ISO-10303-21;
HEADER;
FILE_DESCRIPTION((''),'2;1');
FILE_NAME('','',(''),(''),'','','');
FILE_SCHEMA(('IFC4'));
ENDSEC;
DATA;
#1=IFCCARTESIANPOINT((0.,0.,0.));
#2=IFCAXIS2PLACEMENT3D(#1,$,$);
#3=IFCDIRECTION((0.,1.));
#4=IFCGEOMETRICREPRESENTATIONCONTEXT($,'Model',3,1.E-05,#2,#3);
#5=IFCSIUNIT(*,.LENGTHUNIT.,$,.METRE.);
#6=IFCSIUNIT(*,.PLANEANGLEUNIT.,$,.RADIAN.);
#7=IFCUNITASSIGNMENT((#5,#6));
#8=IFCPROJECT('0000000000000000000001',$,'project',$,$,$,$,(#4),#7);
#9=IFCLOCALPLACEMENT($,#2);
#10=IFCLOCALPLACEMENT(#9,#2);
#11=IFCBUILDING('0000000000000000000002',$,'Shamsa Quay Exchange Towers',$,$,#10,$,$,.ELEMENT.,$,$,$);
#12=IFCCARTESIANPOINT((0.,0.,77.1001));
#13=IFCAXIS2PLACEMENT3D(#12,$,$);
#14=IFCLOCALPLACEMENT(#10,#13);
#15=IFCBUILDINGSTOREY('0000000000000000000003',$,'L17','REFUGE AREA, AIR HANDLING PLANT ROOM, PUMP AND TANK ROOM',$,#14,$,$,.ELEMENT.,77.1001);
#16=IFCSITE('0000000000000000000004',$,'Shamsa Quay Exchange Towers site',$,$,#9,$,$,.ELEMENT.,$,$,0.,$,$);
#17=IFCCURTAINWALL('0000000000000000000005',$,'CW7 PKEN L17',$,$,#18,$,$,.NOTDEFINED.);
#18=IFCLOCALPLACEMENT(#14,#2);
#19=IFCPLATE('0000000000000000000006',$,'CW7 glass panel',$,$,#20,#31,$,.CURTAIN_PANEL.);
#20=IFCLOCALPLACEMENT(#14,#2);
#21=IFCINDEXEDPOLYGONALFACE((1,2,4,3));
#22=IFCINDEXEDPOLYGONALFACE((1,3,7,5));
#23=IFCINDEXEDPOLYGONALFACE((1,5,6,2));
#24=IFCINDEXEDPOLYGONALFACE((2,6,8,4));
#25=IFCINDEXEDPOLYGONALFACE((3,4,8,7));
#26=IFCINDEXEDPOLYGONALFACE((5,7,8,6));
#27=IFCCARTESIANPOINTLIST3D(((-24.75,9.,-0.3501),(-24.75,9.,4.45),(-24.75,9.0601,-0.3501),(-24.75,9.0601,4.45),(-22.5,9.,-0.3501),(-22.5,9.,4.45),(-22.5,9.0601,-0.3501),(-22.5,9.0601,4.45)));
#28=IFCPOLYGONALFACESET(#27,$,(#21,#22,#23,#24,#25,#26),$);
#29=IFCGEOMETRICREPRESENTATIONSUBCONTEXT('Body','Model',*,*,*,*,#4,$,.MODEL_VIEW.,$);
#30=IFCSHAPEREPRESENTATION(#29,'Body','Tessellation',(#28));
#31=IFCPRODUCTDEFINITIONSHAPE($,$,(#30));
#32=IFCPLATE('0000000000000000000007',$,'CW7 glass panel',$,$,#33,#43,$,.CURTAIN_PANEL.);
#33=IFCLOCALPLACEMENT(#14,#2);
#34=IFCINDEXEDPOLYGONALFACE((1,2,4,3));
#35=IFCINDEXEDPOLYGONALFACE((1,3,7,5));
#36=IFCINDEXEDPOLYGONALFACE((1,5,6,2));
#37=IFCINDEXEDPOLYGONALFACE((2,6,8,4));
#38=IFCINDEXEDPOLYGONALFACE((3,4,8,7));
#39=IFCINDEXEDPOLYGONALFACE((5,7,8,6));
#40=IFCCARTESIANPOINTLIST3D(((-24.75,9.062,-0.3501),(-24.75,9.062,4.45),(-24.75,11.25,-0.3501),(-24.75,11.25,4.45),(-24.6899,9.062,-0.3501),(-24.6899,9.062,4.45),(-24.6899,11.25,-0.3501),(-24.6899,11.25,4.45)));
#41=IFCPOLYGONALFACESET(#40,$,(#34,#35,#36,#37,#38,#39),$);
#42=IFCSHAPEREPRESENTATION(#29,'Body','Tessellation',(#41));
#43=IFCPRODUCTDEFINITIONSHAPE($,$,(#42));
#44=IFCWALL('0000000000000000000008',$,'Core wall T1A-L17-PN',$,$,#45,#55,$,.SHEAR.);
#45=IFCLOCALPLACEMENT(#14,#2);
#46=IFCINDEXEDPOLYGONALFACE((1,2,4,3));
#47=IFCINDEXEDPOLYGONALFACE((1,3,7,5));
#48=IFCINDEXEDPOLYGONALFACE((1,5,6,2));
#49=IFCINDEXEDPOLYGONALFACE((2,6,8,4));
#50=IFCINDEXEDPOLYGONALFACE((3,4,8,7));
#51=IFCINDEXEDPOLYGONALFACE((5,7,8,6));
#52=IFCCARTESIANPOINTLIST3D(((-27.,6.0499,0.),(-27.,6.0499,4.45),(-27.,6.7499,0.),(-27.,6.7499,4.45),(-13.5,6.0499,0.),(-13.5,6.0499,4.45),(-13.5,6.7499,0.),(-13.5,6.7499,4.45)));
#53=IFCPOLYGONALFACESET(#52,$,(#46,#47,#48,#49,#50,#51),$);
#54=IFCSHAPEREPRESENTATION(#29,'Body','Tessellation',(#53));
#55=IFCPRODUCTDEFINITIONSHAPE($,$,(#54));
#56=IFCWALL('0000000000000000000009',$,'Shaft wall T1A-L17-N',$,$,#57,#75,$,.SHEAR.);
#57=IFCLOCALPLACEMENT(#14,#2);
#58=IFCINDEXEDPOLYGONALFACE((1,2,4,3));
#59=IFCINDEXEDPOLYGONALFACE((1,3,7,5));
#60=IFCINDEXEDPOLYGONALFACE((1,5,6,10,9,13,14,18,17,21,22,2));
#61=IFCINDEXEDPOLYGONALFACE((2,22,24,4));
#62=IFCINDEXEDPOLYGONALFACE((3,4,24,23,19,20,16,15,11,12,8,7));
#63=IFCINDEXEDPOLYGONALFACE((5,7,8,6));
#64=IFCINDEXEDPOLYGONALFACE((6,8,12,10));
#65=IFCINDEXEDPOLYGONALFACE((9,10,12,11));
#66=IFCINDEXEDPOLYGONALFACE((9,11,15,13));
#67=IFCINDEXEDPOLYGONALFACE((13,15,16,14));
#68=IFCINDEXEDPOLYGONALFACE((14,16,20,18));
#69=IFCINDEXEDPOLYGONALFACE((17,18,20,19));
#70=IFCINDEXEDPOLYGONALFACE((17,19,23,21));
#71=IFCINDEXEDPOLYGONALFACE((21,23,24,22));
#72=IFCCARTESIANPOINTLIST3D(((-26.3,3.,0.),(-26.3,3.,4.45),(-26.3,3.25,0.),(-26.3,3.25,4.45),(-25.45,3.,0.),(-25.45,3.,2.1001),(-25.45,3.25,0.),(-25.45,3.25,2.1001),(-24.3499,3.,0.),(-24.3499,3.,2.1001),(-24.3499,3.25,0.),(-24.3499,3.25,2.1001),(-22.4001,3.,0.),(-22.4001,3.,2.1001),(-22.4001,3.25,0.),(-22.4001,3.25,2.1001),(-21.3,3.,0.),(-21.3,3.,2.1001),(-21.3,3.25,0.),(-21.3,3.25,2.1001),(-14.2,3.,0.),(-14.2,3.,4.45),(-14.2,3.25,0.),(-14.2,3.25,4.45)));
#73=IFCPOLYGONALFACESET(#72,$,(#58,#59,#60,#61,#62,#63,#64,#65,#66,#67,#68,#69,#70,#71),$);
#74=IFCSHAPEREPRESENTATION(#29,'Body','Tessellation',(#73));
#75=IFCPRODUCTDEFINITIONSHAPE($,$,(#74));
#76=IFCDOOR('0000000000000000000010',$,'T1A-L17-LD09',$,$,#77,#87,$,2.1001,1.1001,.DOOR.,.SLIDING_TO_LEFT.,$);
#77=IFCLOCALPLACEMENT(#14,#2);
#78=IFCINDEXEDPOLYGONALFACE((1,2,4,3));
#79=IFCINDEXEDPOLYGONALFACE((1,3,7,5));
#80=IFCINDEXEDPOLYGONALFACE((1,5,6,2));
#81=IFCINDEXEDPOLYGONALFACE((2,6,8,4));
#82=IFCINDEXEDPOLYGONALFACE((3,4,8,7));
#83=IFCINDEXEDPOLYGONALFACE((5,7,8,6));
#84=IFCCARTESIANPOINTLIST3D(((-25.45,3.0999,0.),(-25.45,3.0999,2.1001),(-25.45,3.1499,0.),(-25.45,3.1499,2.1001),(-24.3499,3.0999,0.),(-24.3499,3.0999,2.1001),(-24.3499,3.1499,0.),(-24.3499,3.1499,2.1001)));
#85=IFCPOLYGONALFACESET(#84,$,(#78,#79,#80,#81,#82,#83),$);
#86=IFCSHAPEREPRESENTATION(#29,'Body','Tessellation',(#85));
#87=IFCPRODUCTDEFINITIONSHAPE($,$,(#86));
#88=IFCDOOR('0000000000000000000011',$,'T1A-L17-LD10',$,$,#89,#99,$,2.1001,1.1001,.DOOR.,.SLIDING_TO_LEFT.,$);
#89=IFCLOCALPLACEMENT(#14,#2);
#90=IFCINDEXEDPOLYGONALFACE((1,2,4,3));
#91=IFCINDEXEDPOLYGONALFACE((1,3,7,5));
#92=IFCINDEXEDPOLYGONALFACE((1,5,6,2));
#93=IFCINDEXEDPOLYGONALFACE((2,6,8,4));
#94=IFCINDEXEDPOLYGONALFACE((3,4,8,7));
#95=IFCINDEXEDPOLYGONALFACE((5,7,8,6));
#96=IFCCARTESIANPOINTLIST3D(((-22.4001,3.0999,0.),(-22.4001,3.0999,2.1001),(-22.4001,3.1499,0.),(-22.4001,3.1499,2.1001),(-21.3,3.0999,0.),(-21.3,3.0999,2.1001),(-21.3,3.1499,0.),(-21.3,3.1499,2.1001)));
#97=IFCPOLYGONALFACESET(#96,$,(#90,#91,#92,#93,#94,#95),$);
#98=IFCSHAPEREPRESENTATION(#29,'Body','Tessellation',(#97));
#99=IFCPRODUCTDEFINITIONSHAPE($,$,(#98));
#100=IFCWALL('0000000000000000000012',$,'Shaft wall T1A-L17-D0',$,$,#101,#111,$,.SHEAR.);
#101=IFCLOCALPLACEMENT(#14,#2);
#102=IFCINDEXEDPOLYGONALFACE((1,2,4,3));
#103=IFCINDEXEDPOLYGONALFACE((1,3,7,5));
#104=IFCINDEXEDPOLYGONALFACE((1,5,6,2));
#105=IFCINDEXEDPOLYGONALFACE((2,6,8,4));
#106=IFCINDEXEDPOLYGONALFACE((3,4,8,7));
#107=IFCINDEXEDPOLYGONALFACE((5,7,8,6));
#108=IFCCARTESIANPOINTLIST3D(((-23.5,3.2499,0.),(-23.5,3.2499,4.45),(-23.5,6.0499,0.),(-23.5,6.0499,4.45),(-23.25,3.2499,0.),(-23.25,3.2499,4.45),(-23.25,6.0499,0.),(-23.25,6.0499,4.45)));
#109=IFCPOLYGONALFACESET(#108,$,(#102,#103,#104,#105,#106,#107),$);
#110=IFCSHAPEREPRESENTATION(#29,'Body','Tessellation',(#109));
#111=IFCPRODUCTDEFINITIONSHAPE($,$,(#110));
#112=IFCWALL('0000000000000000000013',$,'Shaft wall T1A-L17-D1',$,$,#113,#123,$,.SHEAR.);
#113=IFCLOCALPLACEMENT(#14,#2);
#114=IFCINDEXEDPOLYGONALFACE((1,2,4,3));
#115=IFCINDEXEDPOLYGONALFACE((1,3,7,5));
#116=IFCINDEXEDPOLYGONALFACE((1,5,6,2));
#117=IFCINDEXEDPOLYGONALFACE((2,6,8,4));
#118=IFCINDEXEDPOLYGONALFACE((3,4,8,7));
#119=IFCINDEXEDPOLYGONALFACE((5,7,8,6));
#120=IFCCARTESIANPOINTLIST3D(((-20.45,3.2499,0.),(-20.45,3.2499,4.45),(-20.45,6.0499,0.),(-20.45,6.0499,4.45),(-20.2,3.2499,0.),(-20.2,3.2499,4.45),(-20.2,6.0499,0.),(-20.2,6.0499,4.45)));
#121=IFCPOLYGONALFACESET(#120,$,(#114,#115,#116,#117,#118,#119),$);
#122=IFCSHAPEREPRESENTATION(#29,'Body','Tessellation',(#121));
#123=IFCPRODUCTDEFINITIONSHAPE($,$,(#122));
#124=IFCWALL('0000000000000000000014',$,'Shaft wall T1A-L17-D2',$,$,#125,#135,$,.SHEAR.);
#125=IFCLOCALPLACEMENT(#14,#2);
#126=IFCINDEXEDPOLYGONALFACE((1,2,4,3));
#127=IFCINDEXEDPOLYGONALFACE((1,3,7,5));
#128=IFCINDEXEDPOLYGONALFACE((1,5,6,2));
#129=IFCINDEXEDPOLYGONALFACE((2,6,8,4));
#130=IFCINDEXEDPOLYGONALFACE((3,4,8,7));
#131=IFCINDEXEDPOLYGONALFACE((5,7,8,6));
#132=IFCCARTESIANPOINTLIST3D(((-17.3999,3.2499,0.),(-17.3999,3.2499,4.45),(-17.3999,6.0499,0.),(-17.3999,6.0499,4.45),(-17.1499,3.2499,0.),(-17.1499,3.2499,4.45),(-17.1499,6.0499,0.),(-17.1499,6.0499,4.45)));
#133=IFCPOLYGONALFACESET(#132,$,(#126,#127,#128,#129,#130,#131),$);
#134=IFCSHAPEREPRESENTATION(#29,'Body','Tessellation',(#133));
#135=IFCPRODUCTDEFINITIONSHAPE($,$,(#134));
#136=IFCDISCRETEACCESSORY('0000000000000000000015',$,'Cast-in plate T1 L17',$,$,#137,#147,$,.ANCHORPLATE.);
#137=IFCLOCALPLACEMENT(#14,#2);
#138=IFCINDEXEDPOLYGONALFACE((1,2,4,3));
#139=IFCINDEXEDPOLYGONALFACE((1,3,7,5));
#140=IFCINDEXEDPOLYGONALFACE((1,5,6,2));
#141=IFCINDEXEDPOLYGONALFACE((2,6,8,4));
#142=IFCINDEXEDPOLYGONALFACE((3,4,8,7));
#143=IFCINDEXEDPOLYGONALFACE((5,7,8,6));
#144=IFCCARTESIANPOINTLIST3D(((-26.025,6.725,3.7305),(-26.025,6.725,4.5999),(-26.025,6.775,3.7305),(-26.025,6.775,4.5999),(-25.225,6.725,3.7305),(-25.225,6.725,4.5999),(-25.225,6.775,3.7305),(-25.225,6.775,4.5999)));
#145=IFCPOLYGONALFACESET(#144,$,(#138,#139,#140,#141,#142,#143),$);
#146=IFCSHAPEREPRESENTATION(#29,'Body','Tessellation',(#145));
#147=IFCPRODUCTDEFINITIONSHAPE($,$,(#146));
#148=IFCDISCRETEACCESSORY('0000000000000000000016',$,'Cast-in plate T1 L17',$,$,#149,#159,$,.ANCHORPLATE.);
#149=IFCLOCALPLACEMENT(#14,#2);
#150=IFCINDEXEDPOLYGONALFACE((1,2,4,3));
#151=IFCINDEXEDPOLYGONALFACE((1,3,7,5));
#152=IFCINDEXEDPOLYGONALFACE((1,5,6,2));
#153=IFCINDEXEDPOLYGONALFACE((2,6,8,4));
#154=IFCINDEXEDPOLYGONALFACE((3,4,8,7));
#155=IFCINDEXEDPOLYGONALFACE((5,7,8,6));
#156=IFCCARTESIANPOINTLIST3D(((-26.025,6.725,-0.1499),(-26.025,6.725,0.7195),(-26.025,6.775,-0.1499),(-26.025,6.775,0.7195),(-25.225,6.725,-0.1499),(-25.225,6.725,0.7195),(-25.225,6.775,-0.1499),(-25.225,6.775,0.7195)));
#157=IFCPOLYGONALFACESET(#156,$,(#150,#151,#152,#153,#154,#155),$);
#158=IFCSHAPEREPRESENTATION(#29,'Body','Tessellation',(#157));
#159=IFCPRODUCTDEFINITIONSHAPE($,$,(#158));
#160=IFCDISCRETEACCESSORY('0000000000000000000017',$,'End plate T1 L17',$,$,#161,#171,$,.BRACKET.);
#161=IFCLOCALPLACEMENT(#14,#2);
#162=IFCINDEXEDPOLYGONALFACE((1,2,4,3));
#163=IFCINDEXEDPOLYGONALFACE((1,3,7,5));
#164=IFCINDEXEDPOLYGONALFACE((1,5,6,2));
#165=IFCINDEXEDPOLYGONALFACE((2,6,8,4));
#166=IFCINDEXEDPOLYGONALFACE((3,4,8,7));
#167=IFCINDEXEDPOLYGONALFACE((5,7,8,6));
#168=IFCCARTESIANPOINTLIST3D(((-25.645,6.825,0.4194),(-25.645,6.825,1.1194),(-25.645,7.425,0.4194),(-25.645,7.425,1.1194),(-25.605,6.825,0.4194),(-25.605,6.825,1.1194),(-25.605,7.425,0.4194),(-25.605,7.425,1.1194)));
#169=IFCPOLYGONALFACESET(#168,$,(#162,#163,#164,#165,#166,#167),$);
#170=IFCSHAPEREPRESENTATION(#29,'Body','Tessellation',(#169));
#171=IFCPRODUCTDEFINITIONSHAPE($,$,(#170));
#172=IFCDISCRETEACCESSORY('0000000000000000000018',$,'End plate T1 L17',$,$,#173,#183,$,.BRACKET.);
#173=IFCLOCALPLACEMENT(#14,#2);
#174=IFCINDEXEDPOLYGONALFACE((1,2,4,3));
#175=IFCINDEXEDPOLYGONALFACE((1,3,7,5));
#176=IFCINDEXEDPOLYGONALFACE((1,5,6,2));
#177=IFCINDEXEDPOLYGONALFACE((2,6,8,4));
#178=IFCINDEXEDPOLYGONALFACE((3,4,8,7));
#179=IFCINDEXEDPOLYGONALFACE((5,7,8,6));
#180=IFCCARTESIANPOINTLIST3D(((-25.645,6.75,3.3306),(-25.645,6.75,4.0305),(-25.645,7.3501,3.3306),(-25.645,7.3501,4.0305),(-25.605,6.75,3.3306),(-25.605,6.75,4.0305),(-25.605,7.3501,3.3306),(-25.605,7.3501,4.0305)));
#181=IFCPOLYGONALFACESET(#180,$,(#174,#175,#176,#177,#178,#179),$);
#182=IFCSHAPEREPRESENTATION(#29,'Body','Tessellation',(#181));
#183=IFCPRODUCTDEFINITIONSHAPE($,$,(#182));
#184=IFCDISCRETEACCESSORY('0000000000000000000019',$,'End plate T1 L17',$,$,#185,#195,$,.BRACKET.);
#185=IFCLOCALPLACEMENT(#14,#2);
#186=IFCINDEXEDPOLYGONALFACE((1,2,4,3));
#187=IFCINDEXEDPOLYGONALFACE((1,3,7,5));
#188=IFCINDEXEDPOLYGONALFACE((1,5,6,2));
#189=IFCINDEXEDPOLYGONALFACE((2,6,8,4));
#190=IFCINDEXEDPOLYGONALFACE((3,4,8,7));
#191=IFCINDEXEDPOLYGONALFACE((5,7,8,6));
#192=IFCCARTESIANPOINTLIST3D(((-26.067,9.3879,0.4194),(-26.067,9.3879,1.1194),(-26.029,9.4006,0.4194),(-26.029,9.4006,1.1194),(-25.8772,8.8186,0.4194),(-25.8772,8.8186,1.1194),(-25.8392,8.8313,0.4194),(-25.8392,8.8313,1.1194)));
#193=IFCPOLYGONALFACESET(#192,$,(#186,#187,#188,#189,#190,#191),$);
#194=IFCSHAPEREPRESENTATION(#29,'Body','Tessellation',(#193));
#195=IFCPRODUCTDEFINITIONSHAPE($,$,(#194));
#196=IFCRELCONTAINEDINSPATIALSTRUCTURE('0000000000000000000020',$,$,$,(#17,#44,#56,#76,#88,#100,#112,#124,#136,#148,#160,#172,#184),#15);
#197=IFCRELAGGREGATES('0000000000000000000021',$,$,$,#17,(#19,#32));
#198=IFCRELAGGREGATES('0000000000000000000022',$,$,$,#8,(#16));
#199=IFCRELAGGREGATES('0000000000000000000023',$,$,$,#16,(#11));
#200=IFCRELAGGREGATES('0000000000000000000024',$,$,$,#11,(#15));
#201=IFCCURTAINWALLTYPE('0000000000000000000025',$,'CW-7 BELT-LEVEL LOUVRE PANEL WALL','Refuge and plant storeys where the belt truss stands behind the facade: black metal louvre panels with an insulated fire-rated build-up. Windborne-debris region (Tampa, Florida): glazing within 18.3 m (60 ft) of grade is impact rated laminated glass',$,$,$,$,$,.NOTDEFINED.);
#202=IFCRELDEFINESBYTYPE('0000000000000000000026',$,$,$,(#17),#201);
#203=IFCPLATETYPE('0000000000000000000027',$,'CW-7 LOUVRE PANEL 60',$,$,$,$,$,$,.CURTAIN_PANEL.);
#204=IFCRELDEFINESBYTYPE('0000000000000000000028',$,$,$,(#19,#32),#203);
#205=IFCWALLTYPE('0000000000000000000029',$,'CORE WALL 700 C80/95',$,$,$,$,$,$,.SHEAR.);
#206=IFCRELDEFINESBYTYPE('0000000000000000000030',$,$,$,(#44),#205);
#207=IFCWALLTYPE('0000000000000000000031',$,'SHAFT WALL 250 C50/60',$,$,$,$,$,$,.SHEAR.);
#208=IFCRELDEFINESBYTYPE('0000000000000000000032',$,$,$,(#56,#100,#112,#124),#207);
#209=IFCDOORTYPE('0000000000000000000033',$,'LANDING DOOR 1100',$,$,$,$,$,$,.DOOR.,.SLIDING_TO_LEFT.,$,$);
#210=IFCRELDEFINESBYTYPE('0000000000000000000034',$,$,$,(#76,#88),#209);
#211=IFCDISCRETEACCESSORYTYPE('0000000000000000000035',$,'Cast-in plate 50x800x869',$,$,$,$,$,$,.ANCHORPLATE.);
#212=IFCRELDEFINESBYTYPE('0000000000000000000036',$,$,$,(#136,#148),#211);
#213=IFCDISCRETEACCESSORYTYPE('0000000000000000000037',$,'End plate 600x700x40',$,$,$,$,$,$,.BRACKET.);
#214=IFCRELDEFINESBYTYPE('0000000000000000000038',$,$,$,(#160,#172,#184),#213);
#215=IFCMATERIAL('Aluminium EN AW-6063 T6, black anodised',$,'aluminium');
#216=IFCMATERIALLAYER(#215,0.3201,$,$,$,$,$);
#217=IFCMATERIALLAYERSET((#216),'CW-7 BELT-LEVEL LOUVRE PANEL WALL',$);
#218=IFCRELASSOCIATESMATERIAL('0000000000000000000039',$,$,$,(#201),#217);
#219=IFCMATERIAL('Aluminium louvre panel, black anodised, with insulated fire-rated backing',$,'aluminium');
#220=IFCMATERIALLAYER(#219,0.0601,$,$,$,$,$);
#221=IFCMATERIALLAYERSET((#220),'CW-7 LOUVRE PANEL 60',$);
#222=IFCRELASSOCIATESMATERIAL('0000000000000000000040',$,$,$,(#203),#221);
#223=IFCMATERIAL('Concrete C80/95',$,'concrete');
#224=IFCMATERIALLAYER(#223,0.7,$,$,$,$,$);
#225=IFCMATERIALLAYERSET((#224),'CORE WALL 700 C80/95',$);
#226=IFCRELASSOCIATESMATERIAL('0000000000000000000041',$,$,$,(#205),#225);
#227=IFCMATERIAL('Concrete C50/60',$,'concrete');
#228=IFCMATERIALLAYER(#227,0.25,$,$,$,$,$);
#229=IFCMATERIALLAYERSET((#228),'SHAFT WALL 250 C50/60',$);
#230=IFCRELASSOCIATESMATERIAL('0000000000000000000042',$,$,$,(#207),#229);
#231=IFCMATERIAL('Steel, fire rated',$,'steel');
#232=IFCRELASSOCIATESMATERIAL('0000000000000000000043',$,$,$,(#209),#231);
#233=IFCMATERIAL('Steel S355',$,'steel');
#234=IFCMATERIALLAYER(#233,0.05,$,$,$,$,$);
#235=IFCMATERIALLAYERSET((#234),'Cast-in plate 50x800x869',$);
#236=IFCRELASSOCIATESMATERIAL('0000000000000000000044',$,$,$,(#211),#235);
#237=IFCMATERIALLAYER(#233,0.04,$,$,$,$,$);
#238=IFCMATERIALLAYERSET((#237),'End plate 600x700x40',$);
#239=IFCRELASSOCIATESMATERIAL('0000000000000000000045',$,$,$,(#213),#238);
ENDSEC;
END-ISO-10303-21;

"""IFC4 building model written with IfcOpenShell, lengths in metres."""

from ifc_helpers import new_model, si_unit, direction, frame, frame_2d, origin, origin_2d, place, context, subcontext, project, spatial, rectangle, extrude, material, layer, layer_set, type_object, element, fill, aggregate, save


model = new_model("IFC4")

# Units and contexts
model_context = context("Model", 3, precision=1e-05, world=origin(), true_north=direction((0.0, 1.0)))
body_context = subcontext(model_context, "Body", "Model", "MODEL_VIEW")
ifc_project = project(units=[si_unit("LENGTHUNIT", "METRE"), si_unit("PLANEANGLEUNIT", "RADIAN")], contexts=[model_context])

# Site, building, storey
site_placement = place(None, origin())
site = spatial("IfcSite", under=ifc_project, at=site_placement, Name="Shamsa Quay Exchange Towers site", CompositionType="ELEMENT", RefElevation=0.0)
building_placement = place(site_placement, origin())
building = spatial("IfcBuilding", under=site, at=building_placement, Name="Shamsa Quay Exchange Towers", CompositionType="ELEMENT")
storey_placement = place(building_placement, frame((0.0, 0.0, 77.1001)))
storey = spatial("IfcBuildingStorey", under=building, at=storey_placement, Name="L17", Description="REFUGE AREA, AIR HANDLING PLANT ROOM, PUMP AND TANK ROOM", CompositionType="ELEMENT", Elevation=77.1001)

# Shared definitions
ifc_material_1 = material(Name="Steel S355", Category="steel")

# Curtain wall, plates
ifc_material_2 = material(Name="Aluminium EN AW-6063 T6, black anodised", Category="aluminium")
ifc_layer_1 = layer(ifc_material_2, 0.3201)
ifc_layer_set_1 = layer_set([ifc_layer_1], Name="CW-7 BELT-LEVEL LOUVRE PANEL WALL")
curtain_wall_type = type_object("IfcCurtainWallType", Name="CW-7 BELT-LEVEL LOUVRE PANEL WALL", Description="Refuge and plant storeys where the belt truss stands behind the facade: black metal louvre panels with an insulated fire-rated build-up. Windborne-debris region (Tampa, Florida): glazing within 18.3 m (60 ft) of grade is impact rated laminated glass", PredefinedType="NOTDEFINED", material=ifc_layer_set_1)
ifc_material_3 = material(Name="Aluminium louvre panel, black anodised, with insulated fire-rated backing", Category="aluminium")
ifc_layer_2 = layer(ifc_material_3, 0.0601)
ifc_layer_set_2 = layer_set([ifc_layer_2], Name="CW-7 LOUVRE PANEL 60")
plate_type = type_object("IfcPlateType", Name="CW-7 LOUVRE PANEL 60", PredefinedType="CURTAIN_PANEL", material=ifc_layer_set_2)
curtain_wall_1_placement = place(storey_placement, origin())
curtain_wall_1 = element("IfcCurtainWall", 1, at=curtain_wall_1_placement, inside=storey, type_object=curtain_wall_type, Name="CW7 PKEN L17", PredefinedType="NOTDEFINED")
plate_1_placement = place(storey_placement, frame((-23.625, 9.03, -0.3501), z_axis=(0.0, 0.0, 1.0), x_axis=(-1.0, 0.0, 0.0)))
plate_1 = element("IfcPlate", 2, at=plate_1_placement, type_object=plate_type, Name="CW7 glass panel", PredefinedType="CURTAIN_PANEL", context=body_context, shape_type="SweptSolid", body=[
    extrude(rectangle(XDim=2.25, YDim=0.0601, at=origin_2d()), origin(), (0.0, 0.0, 1.0), 4.8),
])
plate_2_placement = place(storey_placement, frame((-24.72, 10.156, -0.3501), z_axis=(0.0, 0.0, 1.0), x_axis=(0.0, 1.0, 0.0)))
plate_2 = element("IfcPlate", 3, at=plate_2_placement, type_object=plate_type, Name="CW7 glass panel", PredefinedType="CURTAIN_PANEL", context=body_context, shape_type="SweptSolid", body=[
    extrude(rectangle(XDim=2.188, YDim=0.0601, at=origin_2d()), origin(), (0.0, 0.0, 1.0), 4.8),
])
aggregate(curtain_wall_1, [plate_1, plate_2])

# Wall
ifc_material_4 = material(Name="Concrete C80/95", Category="concrete")
ifc_layer_3 = layer(ifc_material_4, 0.7)
ifc_layer_set_3 = layer_set([ifc_layer_3], Name="CORE WALL 700 C80/95")
wall_type_1 = type_object("IfcWallType", Name="CORE WALL 700 C80/95", PredefinedType="SHEAR", material=ifc_layer_set_3)
wall_1_placement = place(storey_placement, frame((-27.0, 6.3999, 0.0)))
element("IfcWall", 4, at=wall_1_placement, inside=storey, type_object=wall_type_1, Name="Core wall T1A-L17-PN", PredefinedType="SHEAR", context=body_context, shape_type="SweptSolid", body=[
    extrude(rectangle(XDim=13.5, YDim=0.7, at=frame_2d((6.75, 0.0))), origin(), (0.0, 0.0, 1.0), 4.45),
])

# Wall, openings, doors
ifc_material_5 = material(Name="Steel, fire rated", Category="steel")
ifc_material_6 = material(Name="Concrete C50/60", Category="concrete")
ifc_layer_4 = layer(ifc_material_6, 0.25)
ifc_layer_set_4 = layer_set([ifc_layer_4], Name="SHAFT WALL 250 C50/60")
wall_type_2 = type_object("IfcWallType", Name="SHAFT WALL 250 C50/60", PredefinedType="SHEAR", material=ifc_layer_set_4)
wall_2_placement = place(storey_placement, frame((-26.3, 3.125, 0.0)))
wall_2 = element("IfcWall", 5, at=wall_2_placement, inside=storey, type_object=wall_type_2, Name="Shaft wall T1A-L17-N", PredefinedType="SHEAR", context=body_context, shape_type="SweptSolid", body=[
    extrude(rectangle(XDim=12.1001, YDim=0.25, at=frame_2d((6.05, 0.0))), origin(), (0.0, 0.0, 1.0), 4.45),
])
opening_1_placement = place(wall_2_placement, frame((0.8501, 0.0, 0.0)))
opening_1 = element("IfcOpeningElement", 6, at=opening_1_placement, cuts=wall_2, PredefinedType="OPENING", context=body_context, shape_type="SweptSolid", body=[
    extrude(rectangle(XDim=1.1001, YDim=2.1001, at=frame_2d((0.55, 1.05))), frame((0.0, 0.135, 0.0), z_axis=(0.0, -1.0, 0.0), x_axis=(1.0, 0.0, 0.0)), (0.0, 0.0, 1.0), 0.27),
])
opening_2_placement = place(wall_2_placement, frame((3.8999, 0.0, 0.0)))
opening_2 = element("IfcOpeningElement", 7, at=opening_2_placement, cuts=wall_2, PredefinedType="OPENING", context=body_context, shape_type="SweptSolid", body=[
    extrude(rectangle(XDim=1.1001, YDim=2.1001, at=frame_2d((0.55, 1.05))), frame((0.0, 0.135, 0.0), z_axis=(0.0, -1.0, 0.0), x_axis=(1.0, 0.0, 0.0)), (0.0, 0.0, 1.0), 0.27),
])
door_type_1 = type_object("IfcDoorType", Name="LANDING DOOR 1100", OperationType="SLIDING_TO_LEFT", PredefinedType="DOOR", material=ifc_material_5)
door_1_placement = place(opening_1_placement, origin())
door_1 = element("IfcDoor", 8, at=door_1_placement, inside=storey, type_object=door_type_1, Name="T1A-L17-LD09", OperationType="SLIDING_TO_LEFT", OverallHeight=2.1001, OverallWidth=1.1001, PredefinedType="DOOR", context=body_context, shape_type="SweptSolid", body=[
    extrude(rectangle(XDim=1.1001, YDim=2.1001, at=frame_2d((0.55, 1.05))), frame((0.0, 0.0249, 0.0), z_axis=(0.0, -1.0, 0.0), x_axis=(1.0, 0.0, 0.0)), (0.0, 0.0, 1.0), 0.05),
])
fill(opening_1, door_1)
door_2_placement = place(opening_2_placement, origin())
door_2 = element("IfcDoor", 9, at=door_2_placement, inside=storey, type_object=door_type_1, Name="T1A-L17-LD10", OperationType="SLIDING_TO_LEFT", OverallHeight=2.1001, OverallWidth=1.1001, PredefinedType="DOOR", context=body_context, shape_type="SweptSolid", body=[
    extrude(rectangle(XDim=1.1001, YDim=2.1001, at=frame_2d((0.55, 1.05))), frame((0.0, 0.0249, 0.0), z_axis=(0.0, -1.0, 0.0), x_axis=(1.0, 0.0, 0.0)), (0.0, 0.0, 1.0), 0.05),
])
fill(opening_2, door_2)

# Walls
for number, where, z_axis, x_axis, name in (
    (10, (-23.375, 3.25, 0.0), (0.0, 0.0, 1.0), (0.0, 1.0, 0.0), "Shaft wall T1A-L17-D0"),
    (11, (-20.325, 3.25, 0.0), (0.0, 0.0, 1.0), (0.0, 1.0, 0.0), "Shaft wall T1A-L17-D1"),
    (12, (-17.2749, 3.25, 0.0), (0.0, 0.0, 1.0), (0.0, 1.0, 0.0), "Shaft wall T1A-L17-D2"),
):
    element("IfcWall", number, at=place(storey_placement, frame(where, z_axis=z_axis, x_axis=x_axis)), inside=storey, type_object=wall_type_2, Name=name, PredefinedType="SHEAR", context=body_context, shape_type="SweptSolid", body=[
        extrude(rectangle(XDim=2.8, YDim=0.25, at=frame_2d((1.3999, 0.0))), origin(), (0.0, 0.0, 1.0), 4.45),
    ])

# Discrete accessories
ifc_layer_5 = layer(ifc_material_1, 0.05)
ifc_layer_set_5 = layer_set([ifc_layer_5], Name="Cast-in plate 50x800x869")
discrete_accessory_type_1 = type_object("IfcDiscreteAccessoryType", Name="Cast-in plate 50x800x869", PredefinedType="ANCHORPLATE", material=ifc_layer_set_5)
for number, where, z_axis, x_axis, name in (
    (13, (-25.625, 6.75, 3.7305), (0.0, 0.0, 1.0), (0.0, -1.0, 0.0), "Cast-in plate T1 L17"),
    (14, (-25.625, 6.75, -0.1499), (0.0, 0.0, 1.0), (0.0, -1.0, 0.0), "Cast-in plate T1 L17"),
):
    element("IfcDiscreteAccessory", number, at=place(storey_placement, frame(where, z_axis=z_axis, x_axis=x_axis)), inside=storey, type_object=discrete_accessory_type_1, Name=name, PredefinedType="ANCHORPLATE", context=body_context, shape_type="SweptSolid", body=[
        extrude(rectangle(XDim=0.05, YDim=0.8, at=origin_2d()), origin(), (0.0, 0.0, 1.0), 0.8694),
    ])
ifc_layer_6 = layer(ifc_material_1, 0.04)
ifc_layer_set_6 = layer_set([ifc_layer_6], Name="End plate 600x700x40")
discrete_accessory_type_2 = type_object("IfcDiscreteAccessoryType", Name="End plate 600x700x40", PredefinedType="BRACKET", material=ifc_layer_set_6)
for number, where, z_axis, x_axis, name in (
    (15, (-25.625, 7.125, 0.4194), (0.0, 0.0, 1.0), (0.0, -1.0, 0.0), "End plate T1 L17"),
    (16, (-25.625, 7.05, 3.3306), (0.0, 0.0, 1.0), (0.0, -1.0, 0.0), "End plate T1 L17"),
    (17, (-25.9531, 9.1096, 0.4194), (0.0, 0.0, 1.0), (-0.316228, 0.948683, 0.0), "End plate T1 L17"),
):
    element("IfcDiscreteAccessory", number, at=place(storey_placement, frame(where, z_axis=z_axis, x_axis=x_axis)), inside=storey, type_object=discrete_accessory_type_2, Name=name, PredefinedType="BRACKET", context=body_context, shape_type="SweptSolid", body=[
        extrude(rectangle(XDim=0.6001, YDim=0.04, at=origin_2d()), origin(), (0.0, 0.0, 1.0), 0.7),
    ])

save(model, "model.ifc")
